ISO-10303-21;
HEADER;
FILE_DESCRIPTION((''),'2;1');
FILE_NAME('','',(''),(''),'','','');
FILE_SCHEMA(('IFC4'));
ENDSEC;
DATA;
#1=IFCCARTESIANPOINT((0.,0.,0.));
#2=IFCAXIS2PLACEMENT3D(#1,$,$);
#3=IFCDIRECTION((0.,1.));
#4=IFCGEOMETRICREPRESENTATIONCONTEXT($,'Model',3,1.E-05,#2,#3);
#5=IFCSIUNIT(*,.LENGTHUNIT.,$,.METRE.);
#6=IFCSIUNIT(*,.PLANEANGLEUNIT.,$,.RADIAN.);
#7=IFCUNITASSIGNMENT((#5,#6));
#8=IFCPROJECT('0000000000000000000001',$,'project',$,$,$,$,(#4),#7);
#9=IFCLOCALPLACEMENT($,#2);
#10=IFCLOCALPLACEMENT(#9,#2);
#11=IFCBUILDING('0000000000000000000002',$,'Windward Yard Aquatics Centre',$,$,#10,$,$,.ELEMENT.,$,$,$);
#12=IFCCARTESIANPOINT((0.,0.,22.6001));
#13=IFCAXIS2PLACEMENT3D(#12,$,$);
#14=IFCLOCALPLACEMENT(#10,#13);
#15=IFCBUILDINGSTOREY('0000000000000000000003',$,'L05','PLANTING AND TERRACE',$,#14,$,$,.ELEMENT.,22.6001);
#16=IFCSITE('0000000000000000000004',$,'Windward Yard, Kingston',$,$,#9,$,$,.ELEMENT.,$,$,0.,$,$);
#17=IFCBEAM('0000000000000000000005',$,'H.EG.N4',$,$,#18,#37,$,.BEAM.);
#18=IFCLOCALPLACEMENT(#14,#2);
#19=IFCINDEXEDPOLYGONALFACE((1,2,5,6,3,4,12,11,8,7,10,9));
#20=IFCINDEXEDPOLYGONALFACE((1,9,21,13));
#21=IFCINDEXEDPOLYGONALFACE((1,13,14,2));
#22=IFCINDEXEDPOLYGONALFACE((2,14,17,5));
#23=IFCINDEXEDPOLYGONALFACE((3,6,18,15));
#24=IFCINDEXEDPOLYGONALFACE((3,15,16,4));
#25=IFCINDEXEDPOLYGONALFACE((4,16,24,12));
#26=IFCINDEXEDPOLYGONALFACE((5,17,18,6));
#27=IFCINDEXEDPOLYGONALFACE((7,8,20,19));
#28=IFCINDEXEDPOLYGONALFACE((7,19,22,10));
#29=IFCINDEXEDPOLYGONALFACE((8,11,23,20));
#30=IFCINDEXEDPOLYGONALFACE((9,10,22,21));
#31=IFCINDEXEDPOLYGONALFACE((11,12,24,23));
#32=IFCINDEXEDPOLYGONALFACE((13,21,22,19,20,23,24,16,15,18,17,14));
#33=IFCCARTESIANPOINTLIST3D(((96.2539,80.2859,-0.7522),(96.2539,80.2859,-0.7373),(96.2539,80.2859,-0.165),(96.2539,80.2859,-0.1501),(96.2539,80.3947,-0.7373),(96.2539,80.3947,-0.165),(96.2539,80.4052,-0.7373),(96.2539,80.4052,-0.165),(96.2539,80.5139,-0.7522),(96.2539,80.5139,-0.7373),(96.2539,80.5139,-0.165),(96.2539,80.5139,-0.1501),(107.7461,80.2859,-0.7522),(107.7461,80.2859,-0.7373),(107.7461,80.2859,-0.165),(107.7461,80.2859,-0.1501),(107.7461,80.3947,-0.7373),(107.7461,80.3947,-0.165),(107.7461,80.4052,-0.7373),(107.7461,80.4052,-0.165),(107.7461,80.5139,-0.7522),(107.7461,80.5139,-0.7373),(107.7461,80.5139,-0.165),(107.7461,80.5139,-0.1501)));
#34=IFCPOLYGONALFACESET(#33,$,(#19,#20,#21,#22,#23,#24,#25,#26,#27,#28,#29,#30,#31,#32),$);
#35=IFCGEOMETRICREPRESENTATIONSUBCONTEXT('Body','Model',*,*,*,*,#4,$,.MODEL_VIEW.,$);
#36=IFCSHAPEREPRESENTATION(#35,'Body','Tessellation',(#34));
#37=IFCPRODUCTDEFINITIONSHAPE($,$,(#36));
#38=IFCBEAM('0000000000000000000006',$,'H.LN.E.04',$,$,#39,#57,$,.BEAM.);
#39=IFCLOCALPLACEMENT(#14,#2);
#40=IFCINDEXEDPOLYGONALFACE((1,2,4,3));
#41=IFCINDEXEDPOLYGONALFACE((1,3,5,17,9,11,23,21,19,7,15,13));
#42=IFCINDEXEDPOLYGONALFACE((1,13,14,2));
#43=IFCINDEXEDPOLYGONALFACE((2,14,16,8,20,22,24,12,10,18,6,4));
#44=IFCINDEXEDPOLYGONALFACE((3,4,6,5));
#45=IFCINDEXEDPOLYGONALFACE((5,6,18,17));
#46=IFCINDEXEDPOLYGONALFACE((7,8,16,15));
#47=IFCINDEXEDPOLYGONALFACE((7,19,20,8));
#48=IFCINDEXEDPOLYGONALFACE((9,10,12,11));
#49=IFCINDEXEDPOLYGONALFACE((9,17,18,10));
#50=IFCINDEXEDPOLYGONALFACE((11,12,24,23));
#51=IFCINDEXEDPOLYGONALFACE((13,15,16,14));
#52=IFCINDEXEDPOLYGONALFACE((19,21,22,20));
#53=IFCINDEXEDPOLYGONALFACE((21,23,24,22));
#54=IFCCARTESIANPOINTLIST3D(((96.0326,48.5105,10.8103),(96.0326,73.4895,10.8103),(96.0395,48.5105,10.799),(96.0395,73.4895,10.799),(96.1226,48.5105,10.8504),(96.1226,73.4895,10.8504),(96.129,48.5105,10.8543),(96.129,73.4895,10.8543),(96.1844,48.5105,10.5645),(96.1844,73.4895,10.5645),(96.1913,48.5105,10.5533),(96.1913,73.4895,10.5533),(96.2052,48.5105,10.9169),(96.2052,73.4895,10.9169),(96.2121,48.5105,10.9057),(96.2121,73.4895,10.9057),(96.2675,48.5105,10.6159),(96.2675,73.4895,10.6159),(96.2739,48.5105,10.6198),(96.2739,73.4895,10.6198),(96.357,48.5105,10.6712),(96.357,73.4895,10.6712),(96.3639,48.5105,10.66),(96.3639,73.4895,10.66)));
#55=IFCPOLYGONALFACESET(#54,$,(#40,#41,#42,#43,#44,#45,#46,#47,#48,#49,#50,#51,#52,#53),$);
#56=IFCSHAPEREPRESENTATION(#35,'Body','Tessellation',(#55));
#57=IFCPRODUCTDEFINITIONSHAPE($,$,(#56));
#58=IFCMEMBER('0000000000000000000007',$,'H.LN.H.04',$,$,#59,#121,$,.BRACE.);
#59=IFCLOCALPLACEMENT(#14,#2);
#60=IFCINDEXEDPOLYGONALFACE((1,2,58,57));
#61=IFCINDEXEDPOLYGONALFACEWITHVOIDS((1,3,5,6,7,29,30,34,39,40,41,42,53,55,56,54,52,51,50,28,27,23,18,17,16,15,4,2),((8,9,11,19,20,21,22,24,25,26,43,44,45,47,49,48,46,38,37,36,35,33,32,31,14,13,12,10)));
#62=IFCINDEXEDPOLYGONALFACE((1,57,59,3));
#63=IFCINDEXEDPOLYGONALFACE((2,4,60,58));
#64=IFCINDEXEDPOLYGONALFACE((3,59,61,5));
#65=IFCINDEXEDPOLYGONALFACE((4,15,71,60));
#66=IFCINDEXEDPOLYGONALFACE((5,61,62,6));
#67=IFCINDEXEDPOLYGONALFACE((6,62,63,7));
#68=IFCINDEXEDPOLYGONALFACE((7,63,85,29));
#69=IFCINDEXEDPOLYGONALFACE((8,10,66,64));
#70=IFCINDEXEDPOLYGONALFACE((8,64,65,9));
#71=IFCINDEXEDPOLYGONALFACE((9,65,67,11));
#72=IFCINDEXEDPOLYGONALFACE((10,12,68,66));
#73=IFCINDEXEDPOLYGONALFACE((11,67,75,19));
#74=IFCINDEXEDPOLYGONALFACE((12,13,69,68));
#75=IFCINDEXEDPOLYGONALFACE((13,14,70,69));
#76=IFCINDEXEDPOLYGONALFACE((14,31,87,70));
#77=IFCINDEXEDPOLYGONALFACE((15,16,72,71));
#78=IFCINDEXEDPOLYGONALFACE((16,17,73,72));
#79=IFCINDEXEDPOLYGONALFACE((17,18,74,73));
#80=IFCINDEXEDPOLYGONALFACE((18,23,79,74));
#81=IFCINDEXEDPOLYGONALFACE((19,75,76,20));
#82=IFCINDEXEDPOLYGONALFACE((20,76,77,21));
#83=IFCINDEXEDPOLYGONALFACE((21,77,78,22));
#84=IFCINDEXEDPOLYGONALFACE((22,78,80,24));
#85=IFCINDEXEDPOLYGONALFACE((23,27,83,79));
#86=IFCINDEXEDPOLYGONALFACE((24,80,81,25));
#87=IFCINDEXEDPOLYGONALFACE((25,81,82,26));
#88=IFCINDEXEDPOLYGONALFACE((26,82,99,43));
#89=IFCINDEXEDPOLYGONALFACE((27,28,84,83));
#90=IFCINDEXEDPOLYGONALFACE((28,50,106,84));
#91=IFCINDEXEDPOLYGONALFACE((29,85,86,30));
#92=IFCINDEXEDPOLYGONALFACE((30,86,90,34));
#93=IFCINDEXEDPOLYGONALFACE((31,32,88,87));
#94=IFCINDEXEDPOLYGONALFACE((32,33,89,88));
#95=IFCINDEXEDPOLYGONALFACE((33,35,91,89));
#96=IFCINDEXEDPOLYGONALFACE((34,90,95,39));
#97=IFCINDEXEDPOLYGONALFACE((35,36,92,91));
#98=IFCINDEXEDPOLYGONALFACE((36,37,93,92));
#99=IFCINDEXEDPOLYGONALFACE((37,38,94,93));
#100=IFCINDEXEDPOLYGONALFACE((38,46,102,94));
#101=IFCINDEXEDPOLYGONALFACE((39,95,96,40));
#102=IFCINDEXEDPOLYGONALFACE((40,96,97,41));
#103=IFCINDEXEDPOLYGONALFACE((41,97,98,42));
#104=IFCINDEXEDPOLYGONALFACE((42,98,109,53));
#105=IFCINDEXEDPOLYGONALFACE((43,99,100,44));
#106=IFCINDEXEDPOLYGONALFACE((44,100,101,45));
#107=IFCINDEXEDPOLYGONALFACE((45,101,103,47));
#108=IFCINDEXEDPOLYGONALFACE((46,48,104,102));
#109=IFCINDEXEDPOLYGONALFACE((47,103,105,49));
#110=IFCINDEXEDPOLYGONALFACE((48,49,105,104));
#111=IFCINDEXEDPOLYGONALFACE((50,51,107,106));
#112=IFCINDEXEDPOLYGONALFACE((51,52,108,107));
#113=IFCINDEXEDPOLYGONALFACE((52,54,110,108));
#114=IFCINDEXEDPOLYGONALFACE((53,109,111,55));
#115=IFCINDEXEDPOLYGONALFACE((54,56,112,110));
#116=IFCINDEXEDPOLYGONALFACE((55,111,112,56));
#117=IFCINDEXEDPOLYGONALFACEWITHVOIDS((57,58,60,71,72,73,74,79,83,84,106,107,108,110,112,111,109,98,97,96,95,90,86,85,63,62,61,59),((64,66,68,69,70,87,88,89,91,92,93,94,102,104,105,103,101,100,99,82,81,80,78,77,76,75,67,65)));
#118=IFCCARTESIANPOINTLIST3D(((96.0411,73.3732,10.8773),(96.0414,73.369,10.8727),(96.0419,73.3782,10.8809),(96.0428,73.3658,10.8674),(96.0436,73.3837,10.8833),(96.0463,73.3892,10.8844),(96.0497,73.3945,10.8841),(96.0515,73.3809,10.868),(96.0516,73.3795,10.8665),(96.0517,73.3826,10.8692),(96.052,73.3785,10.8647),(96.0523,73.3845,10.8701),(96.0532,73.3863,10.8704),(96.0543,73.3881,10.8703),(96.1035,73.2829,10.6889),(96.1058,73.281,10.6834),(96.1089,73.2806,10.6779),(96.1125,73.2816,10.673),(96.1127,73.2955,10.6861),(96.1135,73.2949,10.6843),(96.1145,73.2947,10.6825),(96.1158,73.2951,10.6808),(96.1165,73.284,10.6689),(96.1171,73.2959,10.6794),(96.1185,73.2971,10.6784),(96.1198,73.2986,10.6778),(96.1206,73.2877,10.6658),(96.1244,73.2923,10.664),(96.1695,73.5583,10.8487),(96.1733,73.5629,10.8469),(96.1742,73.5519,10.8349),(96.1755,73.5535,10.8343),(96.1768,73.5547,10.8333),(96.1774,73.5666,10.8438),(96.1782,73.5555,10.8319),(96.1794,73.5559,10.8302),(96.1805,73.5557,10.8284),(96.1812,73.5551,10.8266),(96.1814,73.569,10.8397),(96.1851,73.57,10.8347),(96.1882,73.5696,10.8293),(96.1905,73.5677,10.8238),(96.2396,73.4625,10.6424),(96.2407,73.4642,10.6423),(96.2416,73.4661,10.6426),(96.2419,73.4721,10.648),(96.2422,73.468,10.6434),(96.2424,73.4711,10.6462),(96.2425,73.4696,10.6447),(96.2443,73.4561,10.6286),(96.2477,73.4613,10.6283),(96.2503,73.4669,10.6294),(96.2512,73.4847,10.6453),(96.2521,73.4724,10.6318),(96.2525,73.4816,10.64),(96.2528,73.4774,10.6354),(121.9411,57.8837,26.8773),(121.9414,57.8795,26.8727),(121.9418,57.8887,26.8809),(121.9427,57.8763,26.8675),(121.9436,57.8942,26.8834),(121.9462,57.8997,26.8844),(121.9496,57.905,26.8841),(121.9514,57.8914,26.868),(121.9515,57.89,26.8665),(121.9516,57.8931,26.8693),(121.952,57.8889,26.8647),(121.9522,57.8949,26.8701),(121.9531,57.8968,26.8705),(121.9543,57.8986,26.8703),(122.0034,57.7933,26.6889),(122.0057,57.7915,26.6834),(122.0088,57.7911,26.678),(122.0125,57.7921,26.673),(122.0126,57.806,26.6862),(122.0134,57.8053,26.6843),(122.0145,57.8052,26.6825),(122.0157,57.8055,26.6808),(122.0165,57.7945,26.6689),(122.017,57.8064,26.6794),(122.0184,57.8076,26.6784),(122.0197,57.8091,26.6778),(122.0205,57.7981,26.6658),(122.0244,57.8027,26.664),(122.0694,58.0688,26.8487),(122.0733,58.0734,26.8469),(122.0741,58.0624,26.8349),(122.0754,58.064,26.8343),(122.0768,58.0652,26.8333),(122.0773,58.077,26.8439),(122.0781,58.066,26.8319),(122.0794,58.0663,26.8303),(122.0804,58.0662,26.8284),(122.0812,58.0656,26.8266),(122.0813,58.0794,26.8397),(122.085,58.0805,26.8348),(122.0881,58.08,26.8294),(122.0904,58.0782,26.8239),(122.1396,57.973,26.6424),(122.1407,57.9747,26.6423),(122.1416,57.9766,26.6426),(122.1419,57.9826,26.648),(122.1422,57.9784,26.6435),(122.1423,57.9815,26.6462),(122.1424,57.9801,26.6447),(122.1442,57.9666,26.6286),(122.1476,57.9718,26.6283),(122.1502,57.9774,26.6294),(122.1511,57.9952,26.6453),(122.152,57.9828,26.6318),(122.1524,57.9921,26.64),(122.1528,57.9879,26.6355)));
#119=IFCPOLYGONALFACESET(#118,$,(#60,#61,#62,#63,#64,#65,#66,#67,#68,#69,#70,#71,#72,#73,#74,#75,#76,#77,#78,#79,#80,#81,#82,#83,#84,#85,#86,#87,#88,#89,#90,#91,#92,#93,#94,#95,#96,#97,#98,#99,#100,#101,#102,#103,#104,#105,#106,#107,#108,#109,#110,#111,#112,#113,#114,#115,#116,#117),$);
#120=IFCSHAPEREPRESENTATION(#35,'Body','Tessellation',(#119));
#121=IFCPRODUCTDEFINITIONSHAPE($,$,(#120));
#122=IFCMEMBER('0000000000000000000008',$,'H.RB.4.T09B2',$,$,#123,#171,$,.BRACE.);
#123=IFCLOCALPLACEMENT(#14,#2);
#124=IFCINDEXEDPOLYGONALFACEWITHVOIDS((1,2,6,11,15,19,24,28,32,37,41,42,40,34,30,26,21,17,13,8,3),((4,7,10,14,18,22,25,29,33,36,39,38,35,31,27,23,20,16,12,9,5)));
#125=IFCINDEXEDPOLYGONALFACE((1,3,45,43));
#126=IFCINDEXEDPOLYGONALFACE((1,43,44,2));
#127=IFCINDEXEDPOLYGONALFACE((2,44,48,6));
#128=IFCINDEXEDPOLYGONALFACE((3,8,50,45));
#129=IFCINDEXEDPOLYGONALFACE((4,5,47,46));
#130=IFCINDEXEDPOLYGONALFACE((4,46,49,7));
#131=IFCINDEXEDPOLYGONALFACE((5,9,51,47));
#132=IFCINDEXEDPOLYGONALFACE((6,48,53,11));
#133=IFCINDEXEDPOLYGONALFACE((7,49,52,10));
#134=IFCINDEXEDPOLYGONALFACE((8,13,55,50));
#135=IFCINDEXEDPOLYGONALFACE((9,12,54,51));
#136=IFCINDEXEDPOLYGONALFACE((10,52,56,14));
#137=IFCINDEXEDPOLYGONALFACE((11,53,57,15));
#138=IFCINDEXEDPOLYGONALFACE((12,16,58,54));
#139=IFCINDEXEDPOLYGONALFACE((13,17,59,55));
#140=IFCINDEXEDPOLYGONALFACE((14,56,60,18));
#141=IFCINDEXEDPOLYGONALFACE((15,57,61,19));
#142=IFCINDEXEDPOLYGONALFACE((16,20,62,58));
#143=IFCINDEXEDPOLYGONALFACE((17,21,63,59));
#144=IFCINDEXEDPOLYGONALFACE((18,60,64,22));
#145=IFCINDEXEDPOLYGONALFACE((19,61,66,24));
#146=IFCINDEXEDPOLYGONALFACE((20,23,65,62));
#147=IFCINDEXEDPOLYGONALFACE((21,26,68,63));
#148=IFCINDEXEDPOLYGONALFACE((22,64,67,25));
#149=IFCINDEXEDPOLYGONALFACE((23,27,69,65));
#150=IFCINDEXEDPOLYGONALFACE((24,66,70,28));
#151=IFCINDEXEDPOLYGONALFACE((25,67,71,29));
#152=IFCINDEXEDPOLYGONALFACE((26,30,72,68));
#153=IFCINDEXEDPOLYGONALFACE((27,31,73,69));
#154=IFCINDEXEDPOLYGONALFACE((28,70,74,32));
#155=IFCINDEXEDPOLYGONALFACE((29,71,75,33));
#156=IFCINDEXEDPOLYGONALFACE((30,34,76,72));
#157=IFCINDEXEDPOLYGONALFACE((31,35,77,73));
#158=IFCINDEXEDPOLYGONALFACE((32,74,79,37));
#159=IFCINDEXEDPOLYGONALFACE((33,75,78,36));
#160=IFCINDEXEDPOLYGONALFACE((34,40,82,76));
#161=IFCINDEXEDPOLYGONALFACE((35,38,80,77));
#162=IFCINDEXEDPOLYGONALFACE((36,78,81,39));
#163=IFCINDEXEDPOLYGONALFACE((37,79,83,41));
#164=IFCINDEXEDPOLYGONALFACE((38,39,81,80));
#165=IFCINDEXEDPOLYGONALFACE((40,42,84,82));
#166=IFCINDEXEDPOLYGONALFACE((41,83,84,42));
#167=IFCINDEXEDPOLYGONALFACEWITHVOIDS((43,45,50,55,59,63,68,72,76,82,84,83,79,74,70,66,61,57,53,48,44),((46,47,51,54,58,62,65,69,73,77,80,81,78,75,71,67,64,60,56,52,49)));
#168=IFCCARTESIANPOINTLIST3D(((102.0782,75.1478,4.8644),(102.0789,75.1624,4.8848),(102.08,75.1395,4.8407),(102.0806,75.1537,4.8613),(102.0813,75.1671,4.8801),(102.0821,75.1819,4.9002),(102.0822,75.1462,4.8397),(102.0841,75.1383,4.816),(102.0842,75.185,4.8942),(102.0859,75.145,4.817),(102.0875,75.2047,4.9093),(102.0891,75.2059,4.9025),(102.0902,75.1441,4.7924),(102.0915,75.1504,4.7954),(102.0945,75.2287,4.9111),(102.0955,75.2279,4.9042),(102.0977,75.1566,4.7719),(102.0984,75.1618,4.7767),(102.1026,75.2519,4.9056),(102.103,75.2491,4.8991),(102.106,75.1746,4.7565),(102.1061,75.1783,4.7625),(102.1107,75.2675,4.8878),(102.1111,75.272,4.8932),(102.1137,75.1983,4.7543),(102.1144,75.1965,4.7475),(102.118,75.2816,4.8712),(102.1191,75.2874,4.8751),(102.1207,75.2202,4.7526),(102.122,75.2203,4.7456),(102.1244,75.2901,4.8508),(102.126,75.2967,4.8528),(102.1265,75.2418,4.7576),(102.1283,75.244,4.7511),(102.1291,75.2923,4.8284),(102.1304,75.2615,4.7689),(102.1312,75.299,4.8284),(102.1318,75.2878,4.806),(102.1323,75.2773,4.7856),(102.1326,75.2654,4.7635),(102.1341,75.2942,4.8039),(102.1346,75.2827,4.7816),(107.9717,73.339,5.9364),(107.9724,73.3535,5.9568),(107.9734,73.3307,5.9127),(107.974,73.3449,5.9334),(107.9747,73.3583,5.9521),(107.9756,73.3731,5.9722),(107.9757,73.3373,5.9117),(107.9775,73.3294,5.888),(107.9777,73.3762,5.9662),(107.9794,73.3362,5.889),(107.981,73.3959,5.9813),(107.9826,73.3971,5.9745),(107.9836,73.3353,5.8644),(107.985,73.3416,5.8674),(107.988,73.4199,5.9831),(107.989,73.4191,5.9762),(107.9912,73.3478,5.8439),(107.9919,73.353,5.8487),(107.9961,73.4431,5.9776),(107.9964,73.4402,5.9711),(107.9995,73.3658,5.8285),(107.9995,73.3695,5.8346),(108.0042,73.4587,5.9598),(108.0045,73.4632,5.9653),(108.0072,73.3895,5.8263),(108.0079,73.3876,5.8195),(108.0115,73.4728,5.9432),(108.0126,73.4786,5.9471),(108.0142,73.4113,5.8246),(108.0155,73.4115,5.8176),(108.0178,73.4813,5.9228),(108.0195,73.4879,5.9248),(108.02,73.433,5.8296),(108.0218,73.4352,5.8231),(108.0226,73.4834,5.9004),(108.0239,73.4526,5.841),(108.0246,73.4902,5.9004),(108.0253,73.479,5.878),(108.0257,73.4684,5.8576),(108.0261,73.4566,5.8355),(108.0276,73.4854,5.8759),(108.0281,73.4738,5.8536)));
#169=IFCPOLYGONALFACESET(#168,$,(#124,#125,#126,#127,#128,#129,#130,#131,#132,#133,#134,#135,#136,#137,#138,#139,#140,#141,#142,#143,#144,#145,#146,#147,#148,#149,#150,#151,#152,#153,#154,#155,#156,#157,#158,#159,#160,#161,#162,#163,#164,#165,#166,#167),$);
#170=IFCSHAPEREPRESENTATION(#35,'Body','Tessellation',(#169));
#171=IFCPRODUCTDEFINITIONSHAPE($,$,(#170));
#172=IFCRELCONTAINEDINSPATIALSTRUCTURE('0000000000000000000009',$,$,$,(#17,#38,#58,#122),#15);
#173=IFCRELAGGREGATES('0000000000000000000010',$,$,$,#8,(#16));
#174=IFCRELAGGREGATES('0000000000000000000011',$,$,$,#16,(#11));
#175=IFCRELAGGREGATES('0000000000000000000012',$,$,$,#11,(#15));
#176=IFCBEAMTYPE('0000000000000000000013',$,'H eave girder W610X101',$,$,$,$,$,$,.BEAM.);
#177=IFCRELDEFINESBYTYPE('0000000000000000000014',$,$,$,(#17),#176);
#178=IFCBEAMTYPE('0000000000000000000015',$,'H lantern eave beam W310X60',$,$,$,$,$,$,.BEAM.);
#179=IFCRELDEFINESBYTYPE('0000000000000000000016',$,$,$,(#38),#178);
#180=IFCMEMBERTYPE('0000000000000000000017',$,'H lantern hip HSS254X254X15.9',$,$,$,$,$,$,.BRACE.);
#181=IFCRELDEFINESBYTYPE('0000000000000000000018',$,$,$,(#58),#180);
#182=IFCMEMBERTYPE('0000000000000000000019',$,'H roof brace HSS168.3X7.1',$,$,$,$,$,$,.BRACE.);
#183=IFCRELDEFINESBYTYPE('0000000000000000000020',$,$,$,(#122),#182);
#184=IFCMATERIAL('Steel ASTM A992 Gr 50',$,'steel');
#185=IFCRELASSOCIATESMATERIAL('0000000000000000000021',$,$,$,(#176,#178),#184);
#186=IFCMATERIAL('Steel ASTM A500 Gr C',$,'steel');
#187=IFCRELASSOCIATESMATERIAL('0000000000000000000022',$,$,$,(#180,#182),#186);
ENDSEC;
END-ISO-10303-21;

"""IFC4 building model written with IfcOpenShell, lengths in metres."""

from ifc_helpers import new_model, si_unit, direction, frame, origin, origin_2d, place, context, subcontext, project, spatial, hollow_rectangle, hollow_circle, i_section, extrude, material, material_profile, profile_set, type_object, element, save


model = new_model("IFC4")

# Units and contexts
model_context = context("Model", 3, precision=1e-05, world=origin(), true_north=direction((0.0, 1.0)))
body_context = subcontext(model_context, "Body", "Model", "MODEL_VIEW")
ifc_project = project(units=[si_unit("LENGTHUNIT", "METRE"), si_unit("PLANEANGLEUNIT", "RADIAN")], contexts=[model_context])

# Site, building, storey
site_placement = place(None, origin())
site = spatial("IfcSite", under=ifc_project, at=site_placement, Name="Windward Yard, Kingston", CompositionType="ELEMENT", RefElevation=0.0)
building_placement = place(site_placement, origin())
building = spatial("IfcBuilding", under=site, at=building_placement, Name="Windward Yard Aquatics Centre", CompositionType="ELEMENT")
storey_placement = place(building_placement, frame((0.0, 0.0, 22.6001)))
storey = spatial("IfcBuildingStorey", under=building, at=storey_placement, Name="L05", Description="PLANTING AND TERRACE", CompositionType="ELEMENT", Elevation=22.6001)

# Beams
ifc_material_1 = material(Name="Steel ASTM A992 Gr 50", Category="steel")
ifc_material_profile_1 = material_profile(ifc_material_1, i_section(OverallWidth=0.228, OverallDepth=0.6021, WebThickness=0.0105, FlangeThickness=0.0149, at=origin_2d()), Name="W610X101")
ifc_profile_set_1 = profile_set([ifc_material_profile_1], Name="Steel ASTM A992 Gr 50")
beam_type_1 = type_object("IfcBeamType", Name="H eave girder W610X101", PredefinedType="BEAM", material=ifc_profile_set_1)
beam_1_placement = place(storey_placement, frame((96.2539, 80.3999, -0.4512), z_axis=(1.0, 0.0, 0.0), x_axis=(0.0, 1.0, 0.0)))
element("IfcBeam", 1, at=beam_1_placement, inside=storey, type_object=beam_type_1, Name="H.EG.N4", PredefinedType="BEAM", context=body_context, shape_type="SweptSolid", body=[
    extrude(i_section(OverallWidth=0.228, OverallDepth=0.6021, WebThickness=0.0105, FlangeThickness=0.0149, at=origin_2d()), origin(), (0.0, 0.0, 1.0), 11.4922),
])
ifc_material_profile_2 = material_profile(ifc_material_1, i_section(OverallWidth=0.2029, OverallDepth=0.302, WebThickness=0.0076, FlangeThickness=0.0132, at=origin_2d()), Name="W310X60")
ifc_profile_set_2 = profile_set([ifc_material_profile_2], Name="Steel ASTM A992 Gr 50")
beam_type_2 = type_object("IfcBeamType", Name="H lantern eave beam W310X60", PredefinedType="BEAM", material=ifc_profile_set_2)
beam_2_placement = place(storey_placement, frame((96.1982, 73.4895, 10.7351), z_axis=(0.0, -1.0, 0.0), x_axis=(0.850755, 0.0, 0.525562)))
element("IfcBeam", 2, at=beam_2_placement, inside=storey, type_object=beam_type_2, Name="H.LN.E.04", PredefinedType="BEAM", context=body_context, shape_type="SweptSolid", body=[
    extrude(i_section(OverallWidth=0.2029, OverallDepth=0.302, WebThickness=0.0076, FlangeThickness=0.0132, at=origin_2d()), origin(), (0.0, 0.0, 1.0), 24.979),
])

# Members
ifc_material_2 = material(Name="Steel ASTM A500 Gr C", Category="steel")
ifc_material_profile_3 = material_profile(ifc_material_2, hollow_rectangle(XDim=0.2539, YDim=0.2539, WallThickness=0.0159, InnerFilletRadius=0.0081, OuterFilletRadius=0.0239, at=origin_2d()), Name="HSS254X254X15.9")
ifc_profile_set_3 = profile_set([ifc_material_profile_3], Name="Steel ASTM A500 Gr C")
member_type_1 = type_object("IfcMemberType", Name="H lantern hip HSS254X254X15.9", PredefinedType="BRACE", material=ifc_profile_set_3)
member_placement = place(storey_placement, frame((96.147, 73.4253, 10.7563), z_axis=(0.758251, -0.453474, 0.468419), x_axis=(0.581628, 0.795115, -0.17176)))
element("IfcMember", 3, at=member_placement, inside=storey, type_object=member_type_1, Name="H.LN.H.04", PredefinedType="BRACE", context=body_context, shape_type="SweptSolid", body=[
    extrude(hollow_rectangle(XDim=0.2539, YDim=0.2539, WallThickness=0.0159, InnerFilletRadius=0.0081, OuterFilletRadius=0.0239, at=origin_2d()), origin(), (0.0, 0.0, 1.0), 34.1575),
])
ifc_material_profile_4 = material_profile(ifc_material_2, hollow_circle(Radius=0.0842, WallThickness=0.0071, at=origin_2d()), Name="HSS168.3X7.1")
ifc_profile_set_4 = profile_set([ifc_material_profile_4], Name="Steel ASTM A500 Gr C")
member_type_2 = type_object("IfcMemberType", Name="H roof brace HSS168.3X7.1", PredefinedType="BRACE", material=ifc_profile_set_4)
for number, where, z_axis, x_axis, name in (
    (4, (102.1064, 75.2185, 4.8284), (0.941853, -0.289072, 0.17132), (0.29341, 0.955987, 0.0), "H.RB.4.T09B2"),
):
    element("IfcMember", number, at=place(storey_placement, frame(where, z_axis=z_axis, x_axis=x_axis)), inside=storey, type_object=member_type_2, Name=name, PredefinedType="BRACE", context=body_context, shape_type="SweptSolid", body=[
        extrude(hollow_circle(Radius=0.0842, WallThickness=0.0071, at=origin_2d()), origin(), (0.0, 0.0, 1.0), 6.2573),
    ])

save(model, "model.ifc")
